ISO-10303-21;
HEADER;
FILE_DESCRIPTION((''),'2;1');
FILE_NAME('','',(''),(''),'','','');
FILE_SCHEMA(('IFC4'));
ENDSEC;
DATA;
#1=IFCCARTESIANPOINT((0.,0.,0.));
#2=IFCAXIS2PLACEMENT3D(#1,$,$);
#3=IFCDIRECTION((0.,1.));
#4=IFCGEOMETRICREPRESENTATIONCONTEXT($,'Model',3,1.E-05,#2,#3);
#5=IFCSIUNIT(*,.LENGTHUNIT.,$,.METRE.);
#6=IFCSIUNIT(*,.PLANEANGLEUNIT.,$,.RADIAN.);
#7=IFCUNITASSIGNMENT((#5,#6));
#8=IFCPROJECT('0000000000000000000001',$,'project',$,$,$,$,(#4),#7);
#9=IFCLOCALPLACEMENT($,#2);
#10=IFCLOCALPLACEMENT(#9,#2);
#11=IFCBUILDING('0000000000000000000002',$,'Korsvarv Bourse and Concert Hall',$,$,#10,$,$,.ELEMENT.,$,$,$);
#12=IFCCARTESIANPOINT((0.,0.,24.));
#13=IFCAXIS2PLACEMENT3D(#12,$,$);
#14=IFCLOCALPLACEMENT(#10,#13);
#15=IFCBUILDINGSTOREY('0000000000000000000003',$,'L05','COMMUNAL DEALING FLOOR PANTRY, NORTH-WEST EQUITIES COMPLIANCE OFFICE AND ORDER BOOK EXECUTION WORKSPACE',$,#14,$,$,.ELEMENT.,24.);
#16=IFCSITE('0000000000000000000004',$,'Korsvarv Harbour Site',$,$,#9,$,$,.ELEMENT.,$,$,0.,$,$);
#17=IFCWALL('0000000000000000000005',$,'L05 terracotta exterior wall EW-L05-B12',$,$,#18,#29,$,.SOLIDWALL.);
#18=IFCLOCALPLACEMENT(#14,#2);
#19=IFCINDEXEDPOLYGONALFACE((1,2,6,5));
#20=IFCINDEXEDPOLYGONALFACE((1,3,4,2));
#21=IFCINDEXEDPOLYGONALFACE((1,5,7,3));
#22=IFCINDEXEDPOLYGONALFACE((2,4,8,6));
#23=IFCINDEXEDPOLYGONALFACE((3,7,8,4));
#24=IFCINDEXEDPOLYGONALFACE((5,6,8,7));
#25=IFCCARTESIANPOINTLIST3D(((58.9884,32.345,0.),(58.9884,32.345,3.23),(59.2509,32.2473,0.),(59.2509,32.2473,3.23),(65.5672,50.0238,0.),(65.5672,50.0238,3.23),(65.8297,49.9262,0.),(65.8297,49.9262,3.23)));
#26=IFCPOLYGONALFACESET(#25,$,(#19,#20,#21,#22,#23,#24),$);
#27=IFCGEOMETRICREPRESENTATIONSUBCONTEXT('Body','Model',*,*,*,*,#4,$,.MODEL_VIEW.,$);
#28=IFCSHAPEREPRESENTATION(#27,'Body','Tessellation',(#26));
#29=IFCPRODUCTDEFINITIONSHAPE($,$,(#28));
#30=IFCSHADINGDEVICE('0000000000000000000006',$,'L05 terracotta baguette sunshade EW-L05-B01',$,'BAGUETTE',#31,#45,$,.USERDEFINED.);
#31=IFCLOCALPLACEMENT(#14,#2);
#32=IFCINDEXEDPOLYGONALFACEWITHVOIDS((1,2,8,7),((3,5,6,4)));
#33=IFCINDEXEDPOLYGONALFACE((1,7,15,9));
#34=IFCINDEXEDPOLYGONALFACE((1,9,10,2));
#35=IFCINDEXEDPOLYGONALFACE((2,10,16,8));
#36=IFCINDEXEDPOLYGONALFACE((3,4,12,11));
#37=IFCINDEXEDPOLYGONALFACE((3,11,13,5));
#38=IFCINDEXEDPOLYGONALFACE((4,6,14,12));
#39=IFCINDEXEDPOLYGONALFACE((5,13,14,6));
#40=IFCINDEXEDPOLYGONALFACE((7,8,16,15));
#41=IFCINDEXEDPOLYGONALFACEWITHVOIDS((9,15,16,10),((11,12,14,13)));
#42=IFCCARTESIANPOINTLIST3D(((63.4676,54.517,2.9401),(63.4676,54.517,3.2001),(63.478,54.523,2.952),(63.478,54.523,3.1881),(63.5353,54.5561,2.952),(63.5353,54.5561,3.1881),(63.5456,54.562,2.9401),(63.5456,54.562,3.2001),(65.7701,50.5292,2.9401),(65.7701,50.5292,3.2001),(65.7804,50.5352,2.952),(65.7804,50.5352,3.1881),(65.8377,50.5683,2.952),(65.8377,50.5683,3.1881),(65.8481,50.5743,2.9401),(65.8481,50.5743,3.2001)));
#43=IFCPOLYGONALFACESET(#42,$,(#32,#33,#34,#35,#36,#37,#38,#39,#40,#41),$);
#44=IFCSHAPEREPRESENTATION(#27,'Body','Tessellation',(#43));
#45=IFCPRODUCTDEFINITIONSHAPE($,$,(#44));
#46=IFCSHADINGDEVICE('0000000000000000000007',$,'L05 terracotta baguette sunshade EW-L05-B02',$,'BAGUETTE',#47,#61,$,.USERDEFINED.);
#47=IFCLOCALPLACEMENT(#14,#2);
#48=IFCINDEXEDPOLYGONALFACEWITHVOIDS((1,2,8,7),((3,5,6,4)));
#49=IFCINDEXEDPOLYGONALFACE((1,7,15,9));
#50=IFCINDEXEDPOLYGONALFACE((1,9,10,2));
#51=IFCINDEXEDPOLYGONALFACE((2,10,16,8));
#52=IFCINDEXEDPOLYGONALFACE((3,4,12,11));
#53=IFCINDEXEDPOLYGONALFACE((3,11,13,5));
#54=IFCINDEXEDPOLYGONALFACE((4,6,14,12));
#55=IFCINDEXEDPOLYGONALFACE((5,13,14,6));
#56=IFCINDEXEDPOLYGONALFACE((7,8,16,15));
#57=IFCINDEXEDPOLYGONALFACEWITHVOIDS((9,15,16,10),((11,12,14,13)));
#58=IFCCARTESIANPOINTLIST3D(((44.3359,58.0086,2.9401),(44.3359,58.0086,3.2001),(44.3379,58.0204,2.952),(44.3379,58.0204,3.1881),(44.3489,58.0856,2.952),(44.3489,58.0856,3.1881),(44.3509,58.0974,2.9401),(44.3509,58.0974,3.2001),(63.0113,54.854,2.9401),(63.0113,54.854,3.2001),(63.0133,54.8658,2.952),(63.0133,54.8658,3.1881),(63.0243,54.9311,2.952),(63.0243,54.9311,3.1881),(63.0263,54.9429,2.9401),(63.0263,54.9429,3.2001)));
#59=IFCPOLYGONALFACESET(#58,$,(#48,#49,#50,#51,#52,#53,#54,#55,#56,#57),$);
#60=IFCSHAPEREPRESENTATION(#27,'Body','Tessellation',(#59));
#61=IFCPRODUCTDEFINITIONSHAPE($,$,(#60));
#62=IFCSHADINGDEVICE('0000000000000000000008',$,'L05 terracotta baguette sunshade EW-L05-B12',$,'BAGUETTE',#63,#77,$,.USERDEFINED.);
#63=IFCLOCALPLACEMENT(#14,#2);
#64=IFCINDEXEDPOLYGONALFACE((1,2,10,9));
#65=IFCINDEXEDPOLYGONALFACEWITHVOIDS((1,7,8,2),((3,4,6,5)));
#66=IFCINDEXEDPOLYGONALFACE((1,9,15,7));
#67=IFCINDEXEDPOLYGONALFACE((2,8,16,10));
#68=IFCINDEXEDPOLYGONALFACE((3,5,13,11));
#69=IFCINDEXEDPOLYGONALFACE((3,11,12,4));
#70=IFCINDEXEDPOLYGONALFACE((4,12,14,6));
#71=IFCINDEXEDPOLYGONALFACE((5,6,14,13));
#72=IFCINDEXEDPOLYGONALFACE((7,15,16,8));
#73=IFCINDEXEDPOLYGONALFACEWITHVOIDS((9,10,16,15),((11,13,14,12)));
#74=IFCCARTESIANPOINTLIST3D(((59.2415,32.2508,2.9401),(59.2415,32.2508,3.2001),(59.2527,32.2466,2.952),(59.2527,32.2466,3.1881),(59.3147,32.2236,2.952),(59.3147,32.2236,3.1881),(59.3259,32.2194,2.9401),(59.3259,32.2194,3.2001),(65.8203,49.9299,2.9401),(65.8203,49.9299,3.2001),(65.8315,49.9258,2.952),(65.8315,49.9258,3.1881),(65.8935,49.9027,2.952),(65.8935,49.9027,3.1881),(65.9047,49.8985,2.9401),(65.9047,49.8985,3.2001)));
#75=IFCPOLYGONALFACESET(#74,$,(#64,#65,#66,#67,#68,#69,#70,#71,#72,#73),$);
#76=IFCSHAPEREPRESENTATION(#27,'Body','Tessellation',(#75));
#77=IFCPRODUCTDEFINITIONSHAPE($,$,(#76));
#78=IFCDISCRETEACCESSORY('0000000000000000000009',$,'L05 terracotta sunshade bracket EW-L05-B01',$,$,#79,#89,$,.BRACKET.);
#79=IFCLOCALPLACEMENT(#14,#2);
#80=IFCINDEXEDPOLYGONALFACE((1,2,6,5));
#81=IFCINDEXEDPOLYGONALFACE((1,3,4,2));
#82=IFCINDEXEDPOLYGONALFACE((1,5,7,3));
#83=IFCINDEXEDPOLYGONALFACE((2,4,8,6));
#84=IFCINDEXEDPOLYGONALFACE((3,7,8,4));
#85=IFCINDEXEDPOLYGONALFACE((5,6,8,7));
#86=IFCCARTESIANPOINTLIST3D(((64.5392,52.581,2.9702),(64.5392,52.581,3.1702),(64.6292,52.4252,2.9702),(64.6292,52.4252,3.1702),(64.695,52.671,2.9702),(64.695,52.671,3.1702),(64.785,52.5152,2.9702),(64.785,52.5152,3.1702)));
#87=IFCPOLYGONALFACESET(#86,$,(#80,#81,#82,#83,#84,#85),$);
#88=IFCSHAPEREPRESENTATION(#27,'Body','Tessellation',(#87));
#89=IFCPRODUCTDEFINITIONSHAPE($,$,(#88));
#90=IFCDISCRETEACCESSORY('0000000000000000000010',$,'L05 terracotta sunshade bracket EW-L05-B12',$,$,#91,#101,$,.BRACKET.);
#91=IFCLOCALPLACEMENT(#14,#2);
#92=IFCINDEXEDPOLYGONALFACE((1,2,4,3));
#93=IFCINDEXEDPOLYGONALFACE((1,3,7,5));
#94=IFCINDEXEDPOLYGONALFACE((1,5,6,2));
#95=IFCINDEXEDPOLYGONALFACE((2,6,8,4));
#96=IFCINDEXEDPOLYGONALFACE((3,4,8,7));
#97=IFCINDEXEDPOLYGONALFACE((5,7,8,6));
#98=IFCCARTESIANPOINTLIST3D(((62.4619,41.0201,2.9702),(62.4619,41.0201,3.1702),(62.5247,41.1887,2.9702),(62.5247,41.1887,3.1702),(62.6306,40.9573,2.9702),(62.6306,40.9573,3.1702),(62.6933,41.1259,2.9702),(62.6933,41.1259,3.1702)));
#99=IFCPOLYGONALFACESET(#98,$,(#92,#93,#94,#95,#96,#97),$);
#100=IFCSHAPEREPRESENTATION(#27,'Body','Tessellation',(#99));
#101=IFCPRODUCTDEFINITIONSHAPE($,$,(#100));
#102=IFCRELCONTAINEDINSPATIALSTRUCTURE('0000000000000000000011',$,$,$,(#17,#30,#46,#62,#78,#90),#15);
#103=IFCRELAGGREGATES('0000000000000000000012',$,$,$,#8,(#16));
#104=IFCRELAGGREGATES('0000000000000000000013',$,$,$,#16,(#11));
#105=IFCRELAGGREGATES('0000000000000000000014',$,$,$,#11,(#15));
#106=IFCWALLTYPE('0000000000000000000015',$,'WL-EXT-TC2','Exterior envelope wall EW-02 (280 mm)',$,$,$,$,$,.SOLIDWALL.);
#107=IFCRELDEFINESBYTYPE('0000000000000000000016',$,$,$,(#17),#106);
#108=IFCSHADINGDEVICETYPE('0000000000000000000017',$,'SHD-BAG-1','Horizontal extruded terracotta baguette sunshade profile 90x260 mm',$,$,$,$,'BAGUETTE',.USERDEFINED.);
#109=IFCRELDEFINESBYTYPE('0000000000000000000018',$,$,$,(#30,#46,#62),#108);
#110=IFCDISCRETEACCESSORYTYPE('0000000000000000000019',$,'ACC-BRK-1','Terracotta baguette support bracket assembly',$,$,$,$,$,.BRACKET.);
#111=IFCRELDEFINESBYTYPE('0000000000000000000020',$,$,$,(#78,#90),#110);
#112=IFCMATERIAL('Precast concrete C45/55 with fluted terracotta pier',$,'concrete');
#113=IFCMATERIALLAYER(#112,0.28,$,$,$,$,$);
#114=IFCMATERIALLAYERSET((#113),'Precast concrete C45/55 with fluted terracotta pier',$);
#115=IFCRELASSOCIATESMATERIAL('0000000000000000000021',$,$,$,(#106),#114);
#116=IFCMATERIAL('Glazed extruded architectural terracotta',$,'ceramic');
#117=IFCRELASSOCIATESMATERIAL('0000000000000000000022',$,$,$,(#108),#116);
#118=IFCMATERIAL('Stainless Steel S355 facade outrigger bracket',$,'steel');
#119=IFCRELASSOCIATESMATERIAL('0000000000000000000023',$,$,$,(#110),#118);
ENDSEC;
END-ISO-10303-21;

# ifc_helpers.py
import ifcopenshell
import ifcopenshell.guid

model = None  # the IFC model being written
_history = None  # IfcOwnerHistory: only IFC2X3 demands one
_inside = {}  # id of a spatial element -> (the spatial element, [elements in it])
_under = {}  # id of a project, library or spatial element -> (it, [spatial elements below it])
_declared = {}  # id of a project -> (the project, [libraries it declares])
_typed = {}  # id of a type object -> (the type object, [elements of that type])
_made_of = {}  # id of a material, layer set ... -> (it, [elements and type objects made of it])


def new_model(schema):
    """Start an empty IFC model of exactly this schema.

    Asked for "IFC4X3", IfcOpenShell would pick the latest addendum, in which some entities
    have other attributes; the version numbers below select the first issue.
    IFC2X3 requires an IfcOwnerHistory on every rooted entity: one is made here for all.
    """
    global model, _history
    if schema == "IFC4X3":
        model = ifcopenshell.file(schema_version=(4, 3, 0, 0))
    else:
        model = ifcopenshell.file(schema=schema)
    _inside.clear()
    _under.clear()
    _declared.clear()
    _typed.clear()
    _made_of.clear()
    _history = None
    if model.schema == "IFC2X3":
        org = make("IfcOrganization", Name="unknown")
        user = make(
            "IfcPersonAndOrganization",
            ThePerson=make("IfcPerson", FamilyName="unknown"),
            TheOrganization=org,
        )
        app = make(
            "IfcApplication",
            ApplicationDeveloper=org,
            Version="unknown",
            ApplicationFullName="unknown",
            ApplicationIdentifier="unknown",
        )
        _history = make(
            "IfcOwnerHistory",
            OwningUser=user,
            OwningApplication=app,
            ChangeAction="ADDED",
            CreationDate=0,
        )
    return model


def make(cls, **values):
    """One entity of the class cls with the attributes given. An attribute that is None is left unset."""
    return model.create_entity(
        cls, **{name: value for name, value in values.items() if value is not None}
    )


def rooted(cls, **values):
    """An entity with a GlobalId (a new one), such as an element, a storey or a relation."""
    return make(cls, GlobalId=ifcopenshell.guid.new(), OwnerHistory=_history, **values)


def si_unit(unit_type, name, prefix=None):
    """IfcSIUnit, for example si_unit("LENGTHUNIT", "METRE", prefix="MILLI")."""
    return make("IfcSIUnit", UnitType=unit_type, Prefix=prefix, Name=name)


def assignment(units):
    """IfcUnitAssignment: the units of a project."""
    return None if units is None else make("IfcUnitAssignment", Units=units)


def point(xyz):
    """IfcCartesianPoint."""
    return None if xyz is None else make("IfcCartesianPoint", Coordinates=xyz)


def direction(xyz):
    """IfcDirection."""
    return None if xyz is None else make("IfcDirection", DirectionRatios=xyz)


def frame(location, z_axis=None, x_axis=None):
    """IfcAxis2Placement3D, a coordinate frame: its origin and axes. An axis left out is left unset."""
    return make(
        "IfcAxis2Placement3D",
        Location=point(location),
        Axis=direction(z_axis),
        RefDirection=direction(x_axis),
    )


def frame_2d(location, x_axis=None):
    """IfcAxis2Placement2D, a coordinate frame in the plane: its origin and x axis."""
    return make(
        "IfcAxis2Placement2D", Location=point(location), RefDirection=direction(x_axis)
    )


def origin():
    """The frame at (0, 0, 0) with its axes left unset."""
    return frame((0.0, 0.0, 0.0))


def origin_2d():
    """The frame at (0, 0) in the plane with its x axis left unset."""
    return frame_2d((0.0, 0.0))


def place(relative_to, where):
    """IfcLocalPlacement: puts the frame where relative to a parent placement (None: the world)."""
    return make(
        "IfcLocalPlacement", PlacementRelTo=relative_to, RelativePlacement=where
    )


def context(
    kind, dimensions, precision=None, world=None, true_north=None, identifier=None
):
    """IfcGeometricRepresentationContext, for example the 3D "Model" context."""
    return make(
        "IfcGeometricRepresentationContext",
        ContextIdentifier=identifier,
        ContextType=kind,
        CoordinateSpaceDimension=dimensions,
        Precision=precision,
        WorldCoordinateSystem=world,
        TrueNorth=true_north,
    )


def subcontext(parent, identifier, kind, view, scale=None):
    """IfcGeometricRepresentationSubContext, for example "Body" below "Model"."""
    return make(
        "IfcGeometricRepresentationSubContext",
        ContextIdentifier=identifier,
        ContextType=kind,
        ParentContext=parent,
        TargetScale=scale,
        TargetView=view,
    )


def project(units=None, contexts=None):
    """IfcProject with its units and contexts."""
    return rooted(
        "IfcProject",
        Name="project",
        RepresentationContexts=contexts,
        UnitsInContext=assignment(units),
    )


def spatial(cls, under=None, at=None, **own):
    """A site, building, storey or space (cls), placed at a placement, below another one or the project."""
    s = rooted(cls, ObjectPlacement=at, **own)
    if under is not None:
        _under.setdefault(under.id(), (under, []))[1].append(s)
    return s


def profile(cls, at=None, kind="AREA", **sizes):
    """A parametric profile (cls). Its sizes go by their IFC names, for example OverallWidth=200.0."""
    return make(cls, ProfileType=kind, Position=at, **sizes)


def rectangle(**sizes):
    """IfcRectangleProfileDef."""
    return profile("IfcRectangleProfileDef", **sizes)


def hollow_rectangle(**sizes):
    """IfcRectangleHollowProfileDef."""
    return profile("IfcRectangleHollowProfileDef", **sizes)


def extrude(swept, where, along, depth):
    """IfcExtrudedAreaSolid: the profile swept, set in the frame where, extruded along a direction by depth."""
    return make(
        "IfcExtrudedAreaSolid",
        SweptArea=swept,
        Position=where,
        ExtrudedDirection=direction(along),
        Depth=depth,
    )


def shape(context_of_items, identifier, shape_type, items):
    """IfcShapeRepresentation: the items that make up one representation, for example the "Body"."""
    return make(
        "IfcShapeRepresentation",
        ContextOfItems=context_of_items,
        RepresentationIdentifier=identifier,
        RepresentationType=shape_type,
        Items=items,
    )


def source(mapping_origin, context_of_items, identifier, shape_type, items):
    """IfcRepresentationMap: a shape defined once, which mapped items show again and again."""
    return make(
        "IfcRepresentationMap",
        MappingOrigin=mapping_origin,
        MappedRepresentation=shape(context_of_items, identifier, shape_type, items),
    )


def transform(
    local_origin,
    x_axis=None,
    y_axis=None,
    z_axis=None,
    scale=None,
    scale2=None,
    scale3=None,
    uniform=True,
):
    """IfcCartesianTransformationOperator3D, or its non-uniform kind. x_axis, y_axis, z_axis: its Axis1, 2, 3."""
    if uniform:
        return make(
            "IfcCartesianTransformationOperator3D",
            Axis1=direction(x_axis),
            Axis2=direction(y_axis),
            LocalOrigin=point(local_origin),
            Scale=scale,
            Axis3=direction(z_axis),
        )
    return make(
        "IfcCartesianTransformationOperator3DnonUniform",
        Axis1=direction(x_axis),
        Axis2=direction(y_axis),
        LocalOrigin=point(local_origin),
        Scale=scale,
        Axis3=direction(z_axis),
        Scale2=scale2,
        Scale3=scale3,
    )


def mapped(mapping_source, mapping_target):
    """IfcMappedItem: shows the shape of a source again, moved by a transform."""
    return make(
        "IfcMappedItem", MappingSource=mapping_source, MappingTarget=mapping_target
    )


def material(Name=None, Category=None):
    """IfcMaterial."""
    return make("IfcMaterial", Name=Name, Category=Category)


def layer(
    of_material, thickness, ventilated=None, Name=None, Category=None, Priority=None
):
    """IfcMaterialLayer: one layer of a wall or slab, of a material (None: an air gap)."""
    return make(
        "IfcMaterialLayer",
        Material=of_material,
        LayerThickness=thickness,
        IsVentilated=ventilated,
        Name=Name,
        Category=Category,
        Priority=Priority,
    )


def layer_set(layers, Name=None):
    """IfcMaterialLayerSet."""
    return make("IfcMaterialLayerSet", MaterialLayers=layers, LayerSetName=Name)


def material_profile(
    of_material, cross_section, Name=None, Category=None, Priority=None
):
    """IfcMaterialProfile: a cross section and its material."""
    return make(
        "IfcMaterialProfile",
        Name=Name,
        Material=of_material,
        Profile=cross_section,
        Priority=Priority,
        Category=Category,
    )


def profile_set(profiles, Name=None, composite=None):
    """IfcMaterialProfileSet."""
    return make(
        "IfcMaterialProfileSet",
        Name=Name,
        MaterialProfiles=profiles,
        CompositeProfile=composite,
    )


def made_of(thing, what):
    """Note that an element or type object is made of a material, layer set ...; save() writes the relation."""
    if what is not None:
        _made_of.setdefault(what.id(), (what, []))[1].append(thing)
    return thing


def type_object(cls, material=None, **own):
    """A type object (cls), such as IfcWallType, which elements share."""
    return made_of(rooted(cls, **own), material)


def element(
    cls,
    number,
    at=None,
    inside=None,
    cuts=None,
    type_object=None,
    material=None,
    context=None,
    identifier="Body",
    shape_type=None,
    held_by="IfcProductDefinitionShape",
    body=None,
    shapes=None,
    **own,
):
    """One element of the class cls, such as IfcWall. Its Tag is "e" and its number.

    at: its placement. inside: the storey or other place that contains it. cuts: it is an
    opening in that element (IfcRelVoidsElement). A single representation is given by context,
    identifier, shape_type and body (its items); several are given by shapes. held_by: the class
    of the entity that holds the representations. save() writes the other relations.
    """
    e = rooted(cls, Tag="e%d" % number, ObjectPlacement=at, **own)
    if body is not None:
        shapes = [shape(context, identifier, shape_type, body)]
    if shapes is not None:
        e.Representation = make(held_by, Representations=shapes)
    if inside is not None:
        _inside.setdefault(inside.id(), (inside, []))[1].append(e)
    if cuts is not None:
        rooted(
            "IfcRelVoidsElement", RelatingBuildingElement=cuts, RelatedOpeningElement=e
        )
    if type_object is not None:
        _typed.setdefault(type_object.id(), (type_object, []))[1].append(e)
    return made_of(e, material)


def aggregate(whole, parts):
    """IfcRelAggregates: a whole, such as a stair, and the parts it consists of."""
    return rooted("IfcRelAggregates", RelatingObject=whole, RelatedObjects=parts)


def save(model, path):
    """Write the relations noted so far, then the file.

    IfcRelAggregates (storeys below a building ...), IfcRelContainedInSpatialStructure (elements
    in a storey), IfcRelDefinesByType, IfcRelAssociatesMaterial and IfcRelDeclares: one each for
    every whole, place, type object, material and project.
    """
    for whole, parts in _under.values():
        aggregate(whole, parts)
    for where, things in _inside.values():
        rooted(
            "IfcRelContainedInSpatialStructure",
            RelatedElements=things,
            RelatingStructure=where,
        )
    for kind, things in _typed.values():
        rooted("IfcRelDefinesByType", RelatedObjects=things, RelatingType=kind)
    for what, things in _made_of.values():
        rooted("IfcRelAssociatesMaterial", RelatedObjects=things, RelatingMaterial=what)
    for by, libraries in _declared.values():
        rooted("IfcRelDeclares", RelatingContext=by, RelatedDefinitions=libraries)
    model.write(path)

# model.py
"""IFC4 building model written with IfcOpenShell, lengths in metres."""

from ifc_helpers import new_model, si_unit, direction, frame, frame_2d, origin, origin_2d, place, context, subcontext, project, spatial, rectangle, hollow_rectangle, extrude, source, transform, mapped, material, layer, layer_set, material_profile, profile_set, type_object, element, save


model = new_model("IFC4")

# Units and contexts
model_context = context("Model", 3, precision=1e-05, world=origin(), true_north=direction((0.0, 1.0)))
body_context = subcontext(model_context, "Body", "Model", "MODEL_VIEW")
ifc_project = project(units=[si_unit("LENGTHUNIT", "METRE"), si_unit("PLANEANGLEUNIT", "RADIAN")], contexts=[model_context])

# Site, building, storey
site_placement = place(None, origin())
site = spatial("IfcSite", under=ifc_project, at=site_placement, Name="Korsvarv Harbour Site", CompositionType="ELEMENT", RefElevation=0.0)
building_placement = place(site_placement, origin())
building = spatial("IfcBuilding", under=site, at=building_placement, Name="Korsvarv Bourse and Concert Hall", CompositionType="ELEMENT")
storey_placement = place(building_placement, frame((0.0, 0.0, 24.0)))
storey = spatial("IfcBuildingStorey", under=building, at=storey_placement, Name="L05", Description="COMMUNAL DEALING FLOOR PANTRY, NORTH-WEST EQUITIES COMPLIANCE OFFICE AND ORDER BOOK EXECUTION WORKSPACE", CompositionType="ELEMENT", Elevation=24.0)

# Wall
ifc_material_1 = material(Name="Precast concrete C45/55 with fluted terracotta pier", Category="concrete")
ifc_layer_1 = layer(ifc_material_1, 0.28)
ifc_layer_set_1 = layer_set([ifc_layer_1], Name="Precast concrete C45/55 with fluted terracotta pier")
wall_type_1 = type_object("IfcWallType", Name="WL-EXT-TC2", Description="Exterior envelope wall EW-02 (280 mm)", PredefinedType="SOLIDWALL", material=ifc_layer_set_1)
wall_1_placement = place(storey_placement, frame((59.1196, 32.2961, 0.0), z_axis=(0.0, 0.0, 1.0), x_axis=(0.348764, 0.937211, 0.0)))
element("IfcWall", 1, at=wall_1_placement, inside=storey, type_object=wall_type_1, Name="L05 terracotta exterior wall EW-L05-B12", PredefinedType="SOLIDWALL", context=body_context, shape_type="SweptSolid", body=[
    extrude(rectangle(XDim=18.8633, YDim=0.28, at=frame_2d((9.4316, 0.0))), origin(), (0.0, 0.0, 1.0), 3.23),
])

# Shading devices
ifc_material_2 = material(Name="Glazed extruded architectural terracotta", Category="ceramic")
ifc_material_profile_1 = material_profile(ifc_material_2, hollow_rectangle(XDim=0.0901, YDim=0.26, WallThickness=0.012, at=origin_2d()), Name="TC-BAG 90x260")
ifc_profile_set_1 = profile_set([ifc_material_profile_1], Name="Glazed extruded architectural terracotta")
shading_device_type = type_object("IfcShadingDeviceType", Name="SHD-BAG-1", Description="Horizontal extruded terracotta baguette sunshade profile 90x260 mm", ElementType="BAGUETTE", PredefinedType="USERDEFINED", material=ifc_profile_set_1)
shared_shape_1 = source(origin(), body_context, "Body", "SweptSolid", [
    extrude(hollow_rectangle(XDim=0.0901, YDim=0.26, WallThickness=0.012, at=origin_2d()), origin(), (0.0, 0.0, 1.0), 4.6047),
])
shading_device_1_placement = place(storey_placement, frame((65.8091, 50.5518, 3.0701), z_axis=(-0.500022, 0.866013, 0.0), x_axis=(-0.866013, -0.500022, 0.0)))
element("IfcShadingDevice", 2, at=shading_device_1_placement, inside=storey, type_object=shading_device_type, Name="L05 terracotta baguette sunshade EW-L05-B01", ObjectType="BAGUETTE", PredefinedType="USERDEFINED", context=body_context, shape_type="MappedRepresentation", body=[
    mapped(shared_shape_1, transform((0.0, 0.0, 0.0), scale=1.0)),
])
shared_shape_2 = source(origin(), body_context, "Body", "SweptSolid", [
    extrude(hollow_rectangle(XDim=0.0901, YDim=0.26, WallThickness=0.012, at=origin_2d()), origin(), (0.0, 0.0, 1.0), 18.9399),
])
shading_device_2_placement = place(storey_placement, frame((63.0188, 54.8984, 3.0701), z_axis=(-0.986032, 0.166556, 0.0), x_axis=(-0.166556, -0.986032, 0.0)))
element("IfcShadingDevice", 3, at=shading_device_2_placement, inside=storey, type_object=shading_device_type, Name="L05 terracotta baguette sunshade EW-L05-B02", ObjectType="BAGUETTE", PredefinedType="USERDEFINED", context=body_context, shape_type="MappedRepresentation", body=[
    mapped(shared_shape_2, transform((0.0, 0.0, 0.0), scale=1.0)),
])
shared_shape_3 = source(origin(), body_context, "Body", "SweptSolid", [
    extrude(hollow_rectangle(XDim=0.0901, YDim=0.26, WallThickness=0.012, at=origin_2d()), origin(), (0.0, 0.0, 1.0), 18.8635),
])
shading_device_3_placement = place(storey_placement, frame((59.2837, 32.2351, 3.0701), z_axis=(0.348759, 0.937212, 0.0), x_axis=(-0.937212, 0.348759, 0.0)))
element("IfcShadingDevice", 4, at=shading_device_3_placement, inside=storey, type_object=shading_device_type, Name="L05 terracotta baguette sunshade EW-L05-B12", ObjectType="BAGUETTE", PredefinedType="USERDEFINED", context=body_context, shape_type="MappedRepresentation", body=[
    mapped(shared_shape_3, transform((0.0, 0.0, 0.0), scale=1.0)),
])

# Discrete accessories
ifc_material_3 = material(Name="Stainless Steel S355 facade outrigger bracket", Category="steel")
discrete_accessory_type = type_object("IfcDiscreteAccessoryType", Name="ACC-BRK-1", Description="Terracotta baguette support bracket assembly", PredefinedType="BRACKET", material=ifc_material_3)
shared_shape_4 = source(origin(), body_context, "Body", "SweptSolid", [
    extrude(rectangle(XDim=0.1799, YDim=0.1799, at=origin_2d()), origin(), (0.0, 0.0, 1.0), 0.2),
])
for number, where, z_axis, x_axis, name in (
    (5, (64.6621, 52.5481, 2.9702), (0.0, 0.0, 1.0), (-0.5, 0.866025, 0.0), "L05 terracotta sunshade bracket EW-L05-B01"),
    (6, (62.5776, 41.073, 2.9702), (0.0, 0.0, 1.0), (0.348736, 0.937221, 0.0), "L05 terracotta sunshade bracket EW-L05-B12"),
):
    element("IfcDiscreteAccessory", number, at=place(storey_placement, frame(where, z_axis=z_axis, x_axis=x_axis)), inside=storey, type_object=discrete_accessory_type, Name=name, PredefinedType="BRACKET", context=body_context, shape_type="MappedRepresentation", body=[
        mapped(shared_shape_4, transform((0.0, 0.0, 0.0), scale=1.0)),
    ])

save(model, "model.ifc")
